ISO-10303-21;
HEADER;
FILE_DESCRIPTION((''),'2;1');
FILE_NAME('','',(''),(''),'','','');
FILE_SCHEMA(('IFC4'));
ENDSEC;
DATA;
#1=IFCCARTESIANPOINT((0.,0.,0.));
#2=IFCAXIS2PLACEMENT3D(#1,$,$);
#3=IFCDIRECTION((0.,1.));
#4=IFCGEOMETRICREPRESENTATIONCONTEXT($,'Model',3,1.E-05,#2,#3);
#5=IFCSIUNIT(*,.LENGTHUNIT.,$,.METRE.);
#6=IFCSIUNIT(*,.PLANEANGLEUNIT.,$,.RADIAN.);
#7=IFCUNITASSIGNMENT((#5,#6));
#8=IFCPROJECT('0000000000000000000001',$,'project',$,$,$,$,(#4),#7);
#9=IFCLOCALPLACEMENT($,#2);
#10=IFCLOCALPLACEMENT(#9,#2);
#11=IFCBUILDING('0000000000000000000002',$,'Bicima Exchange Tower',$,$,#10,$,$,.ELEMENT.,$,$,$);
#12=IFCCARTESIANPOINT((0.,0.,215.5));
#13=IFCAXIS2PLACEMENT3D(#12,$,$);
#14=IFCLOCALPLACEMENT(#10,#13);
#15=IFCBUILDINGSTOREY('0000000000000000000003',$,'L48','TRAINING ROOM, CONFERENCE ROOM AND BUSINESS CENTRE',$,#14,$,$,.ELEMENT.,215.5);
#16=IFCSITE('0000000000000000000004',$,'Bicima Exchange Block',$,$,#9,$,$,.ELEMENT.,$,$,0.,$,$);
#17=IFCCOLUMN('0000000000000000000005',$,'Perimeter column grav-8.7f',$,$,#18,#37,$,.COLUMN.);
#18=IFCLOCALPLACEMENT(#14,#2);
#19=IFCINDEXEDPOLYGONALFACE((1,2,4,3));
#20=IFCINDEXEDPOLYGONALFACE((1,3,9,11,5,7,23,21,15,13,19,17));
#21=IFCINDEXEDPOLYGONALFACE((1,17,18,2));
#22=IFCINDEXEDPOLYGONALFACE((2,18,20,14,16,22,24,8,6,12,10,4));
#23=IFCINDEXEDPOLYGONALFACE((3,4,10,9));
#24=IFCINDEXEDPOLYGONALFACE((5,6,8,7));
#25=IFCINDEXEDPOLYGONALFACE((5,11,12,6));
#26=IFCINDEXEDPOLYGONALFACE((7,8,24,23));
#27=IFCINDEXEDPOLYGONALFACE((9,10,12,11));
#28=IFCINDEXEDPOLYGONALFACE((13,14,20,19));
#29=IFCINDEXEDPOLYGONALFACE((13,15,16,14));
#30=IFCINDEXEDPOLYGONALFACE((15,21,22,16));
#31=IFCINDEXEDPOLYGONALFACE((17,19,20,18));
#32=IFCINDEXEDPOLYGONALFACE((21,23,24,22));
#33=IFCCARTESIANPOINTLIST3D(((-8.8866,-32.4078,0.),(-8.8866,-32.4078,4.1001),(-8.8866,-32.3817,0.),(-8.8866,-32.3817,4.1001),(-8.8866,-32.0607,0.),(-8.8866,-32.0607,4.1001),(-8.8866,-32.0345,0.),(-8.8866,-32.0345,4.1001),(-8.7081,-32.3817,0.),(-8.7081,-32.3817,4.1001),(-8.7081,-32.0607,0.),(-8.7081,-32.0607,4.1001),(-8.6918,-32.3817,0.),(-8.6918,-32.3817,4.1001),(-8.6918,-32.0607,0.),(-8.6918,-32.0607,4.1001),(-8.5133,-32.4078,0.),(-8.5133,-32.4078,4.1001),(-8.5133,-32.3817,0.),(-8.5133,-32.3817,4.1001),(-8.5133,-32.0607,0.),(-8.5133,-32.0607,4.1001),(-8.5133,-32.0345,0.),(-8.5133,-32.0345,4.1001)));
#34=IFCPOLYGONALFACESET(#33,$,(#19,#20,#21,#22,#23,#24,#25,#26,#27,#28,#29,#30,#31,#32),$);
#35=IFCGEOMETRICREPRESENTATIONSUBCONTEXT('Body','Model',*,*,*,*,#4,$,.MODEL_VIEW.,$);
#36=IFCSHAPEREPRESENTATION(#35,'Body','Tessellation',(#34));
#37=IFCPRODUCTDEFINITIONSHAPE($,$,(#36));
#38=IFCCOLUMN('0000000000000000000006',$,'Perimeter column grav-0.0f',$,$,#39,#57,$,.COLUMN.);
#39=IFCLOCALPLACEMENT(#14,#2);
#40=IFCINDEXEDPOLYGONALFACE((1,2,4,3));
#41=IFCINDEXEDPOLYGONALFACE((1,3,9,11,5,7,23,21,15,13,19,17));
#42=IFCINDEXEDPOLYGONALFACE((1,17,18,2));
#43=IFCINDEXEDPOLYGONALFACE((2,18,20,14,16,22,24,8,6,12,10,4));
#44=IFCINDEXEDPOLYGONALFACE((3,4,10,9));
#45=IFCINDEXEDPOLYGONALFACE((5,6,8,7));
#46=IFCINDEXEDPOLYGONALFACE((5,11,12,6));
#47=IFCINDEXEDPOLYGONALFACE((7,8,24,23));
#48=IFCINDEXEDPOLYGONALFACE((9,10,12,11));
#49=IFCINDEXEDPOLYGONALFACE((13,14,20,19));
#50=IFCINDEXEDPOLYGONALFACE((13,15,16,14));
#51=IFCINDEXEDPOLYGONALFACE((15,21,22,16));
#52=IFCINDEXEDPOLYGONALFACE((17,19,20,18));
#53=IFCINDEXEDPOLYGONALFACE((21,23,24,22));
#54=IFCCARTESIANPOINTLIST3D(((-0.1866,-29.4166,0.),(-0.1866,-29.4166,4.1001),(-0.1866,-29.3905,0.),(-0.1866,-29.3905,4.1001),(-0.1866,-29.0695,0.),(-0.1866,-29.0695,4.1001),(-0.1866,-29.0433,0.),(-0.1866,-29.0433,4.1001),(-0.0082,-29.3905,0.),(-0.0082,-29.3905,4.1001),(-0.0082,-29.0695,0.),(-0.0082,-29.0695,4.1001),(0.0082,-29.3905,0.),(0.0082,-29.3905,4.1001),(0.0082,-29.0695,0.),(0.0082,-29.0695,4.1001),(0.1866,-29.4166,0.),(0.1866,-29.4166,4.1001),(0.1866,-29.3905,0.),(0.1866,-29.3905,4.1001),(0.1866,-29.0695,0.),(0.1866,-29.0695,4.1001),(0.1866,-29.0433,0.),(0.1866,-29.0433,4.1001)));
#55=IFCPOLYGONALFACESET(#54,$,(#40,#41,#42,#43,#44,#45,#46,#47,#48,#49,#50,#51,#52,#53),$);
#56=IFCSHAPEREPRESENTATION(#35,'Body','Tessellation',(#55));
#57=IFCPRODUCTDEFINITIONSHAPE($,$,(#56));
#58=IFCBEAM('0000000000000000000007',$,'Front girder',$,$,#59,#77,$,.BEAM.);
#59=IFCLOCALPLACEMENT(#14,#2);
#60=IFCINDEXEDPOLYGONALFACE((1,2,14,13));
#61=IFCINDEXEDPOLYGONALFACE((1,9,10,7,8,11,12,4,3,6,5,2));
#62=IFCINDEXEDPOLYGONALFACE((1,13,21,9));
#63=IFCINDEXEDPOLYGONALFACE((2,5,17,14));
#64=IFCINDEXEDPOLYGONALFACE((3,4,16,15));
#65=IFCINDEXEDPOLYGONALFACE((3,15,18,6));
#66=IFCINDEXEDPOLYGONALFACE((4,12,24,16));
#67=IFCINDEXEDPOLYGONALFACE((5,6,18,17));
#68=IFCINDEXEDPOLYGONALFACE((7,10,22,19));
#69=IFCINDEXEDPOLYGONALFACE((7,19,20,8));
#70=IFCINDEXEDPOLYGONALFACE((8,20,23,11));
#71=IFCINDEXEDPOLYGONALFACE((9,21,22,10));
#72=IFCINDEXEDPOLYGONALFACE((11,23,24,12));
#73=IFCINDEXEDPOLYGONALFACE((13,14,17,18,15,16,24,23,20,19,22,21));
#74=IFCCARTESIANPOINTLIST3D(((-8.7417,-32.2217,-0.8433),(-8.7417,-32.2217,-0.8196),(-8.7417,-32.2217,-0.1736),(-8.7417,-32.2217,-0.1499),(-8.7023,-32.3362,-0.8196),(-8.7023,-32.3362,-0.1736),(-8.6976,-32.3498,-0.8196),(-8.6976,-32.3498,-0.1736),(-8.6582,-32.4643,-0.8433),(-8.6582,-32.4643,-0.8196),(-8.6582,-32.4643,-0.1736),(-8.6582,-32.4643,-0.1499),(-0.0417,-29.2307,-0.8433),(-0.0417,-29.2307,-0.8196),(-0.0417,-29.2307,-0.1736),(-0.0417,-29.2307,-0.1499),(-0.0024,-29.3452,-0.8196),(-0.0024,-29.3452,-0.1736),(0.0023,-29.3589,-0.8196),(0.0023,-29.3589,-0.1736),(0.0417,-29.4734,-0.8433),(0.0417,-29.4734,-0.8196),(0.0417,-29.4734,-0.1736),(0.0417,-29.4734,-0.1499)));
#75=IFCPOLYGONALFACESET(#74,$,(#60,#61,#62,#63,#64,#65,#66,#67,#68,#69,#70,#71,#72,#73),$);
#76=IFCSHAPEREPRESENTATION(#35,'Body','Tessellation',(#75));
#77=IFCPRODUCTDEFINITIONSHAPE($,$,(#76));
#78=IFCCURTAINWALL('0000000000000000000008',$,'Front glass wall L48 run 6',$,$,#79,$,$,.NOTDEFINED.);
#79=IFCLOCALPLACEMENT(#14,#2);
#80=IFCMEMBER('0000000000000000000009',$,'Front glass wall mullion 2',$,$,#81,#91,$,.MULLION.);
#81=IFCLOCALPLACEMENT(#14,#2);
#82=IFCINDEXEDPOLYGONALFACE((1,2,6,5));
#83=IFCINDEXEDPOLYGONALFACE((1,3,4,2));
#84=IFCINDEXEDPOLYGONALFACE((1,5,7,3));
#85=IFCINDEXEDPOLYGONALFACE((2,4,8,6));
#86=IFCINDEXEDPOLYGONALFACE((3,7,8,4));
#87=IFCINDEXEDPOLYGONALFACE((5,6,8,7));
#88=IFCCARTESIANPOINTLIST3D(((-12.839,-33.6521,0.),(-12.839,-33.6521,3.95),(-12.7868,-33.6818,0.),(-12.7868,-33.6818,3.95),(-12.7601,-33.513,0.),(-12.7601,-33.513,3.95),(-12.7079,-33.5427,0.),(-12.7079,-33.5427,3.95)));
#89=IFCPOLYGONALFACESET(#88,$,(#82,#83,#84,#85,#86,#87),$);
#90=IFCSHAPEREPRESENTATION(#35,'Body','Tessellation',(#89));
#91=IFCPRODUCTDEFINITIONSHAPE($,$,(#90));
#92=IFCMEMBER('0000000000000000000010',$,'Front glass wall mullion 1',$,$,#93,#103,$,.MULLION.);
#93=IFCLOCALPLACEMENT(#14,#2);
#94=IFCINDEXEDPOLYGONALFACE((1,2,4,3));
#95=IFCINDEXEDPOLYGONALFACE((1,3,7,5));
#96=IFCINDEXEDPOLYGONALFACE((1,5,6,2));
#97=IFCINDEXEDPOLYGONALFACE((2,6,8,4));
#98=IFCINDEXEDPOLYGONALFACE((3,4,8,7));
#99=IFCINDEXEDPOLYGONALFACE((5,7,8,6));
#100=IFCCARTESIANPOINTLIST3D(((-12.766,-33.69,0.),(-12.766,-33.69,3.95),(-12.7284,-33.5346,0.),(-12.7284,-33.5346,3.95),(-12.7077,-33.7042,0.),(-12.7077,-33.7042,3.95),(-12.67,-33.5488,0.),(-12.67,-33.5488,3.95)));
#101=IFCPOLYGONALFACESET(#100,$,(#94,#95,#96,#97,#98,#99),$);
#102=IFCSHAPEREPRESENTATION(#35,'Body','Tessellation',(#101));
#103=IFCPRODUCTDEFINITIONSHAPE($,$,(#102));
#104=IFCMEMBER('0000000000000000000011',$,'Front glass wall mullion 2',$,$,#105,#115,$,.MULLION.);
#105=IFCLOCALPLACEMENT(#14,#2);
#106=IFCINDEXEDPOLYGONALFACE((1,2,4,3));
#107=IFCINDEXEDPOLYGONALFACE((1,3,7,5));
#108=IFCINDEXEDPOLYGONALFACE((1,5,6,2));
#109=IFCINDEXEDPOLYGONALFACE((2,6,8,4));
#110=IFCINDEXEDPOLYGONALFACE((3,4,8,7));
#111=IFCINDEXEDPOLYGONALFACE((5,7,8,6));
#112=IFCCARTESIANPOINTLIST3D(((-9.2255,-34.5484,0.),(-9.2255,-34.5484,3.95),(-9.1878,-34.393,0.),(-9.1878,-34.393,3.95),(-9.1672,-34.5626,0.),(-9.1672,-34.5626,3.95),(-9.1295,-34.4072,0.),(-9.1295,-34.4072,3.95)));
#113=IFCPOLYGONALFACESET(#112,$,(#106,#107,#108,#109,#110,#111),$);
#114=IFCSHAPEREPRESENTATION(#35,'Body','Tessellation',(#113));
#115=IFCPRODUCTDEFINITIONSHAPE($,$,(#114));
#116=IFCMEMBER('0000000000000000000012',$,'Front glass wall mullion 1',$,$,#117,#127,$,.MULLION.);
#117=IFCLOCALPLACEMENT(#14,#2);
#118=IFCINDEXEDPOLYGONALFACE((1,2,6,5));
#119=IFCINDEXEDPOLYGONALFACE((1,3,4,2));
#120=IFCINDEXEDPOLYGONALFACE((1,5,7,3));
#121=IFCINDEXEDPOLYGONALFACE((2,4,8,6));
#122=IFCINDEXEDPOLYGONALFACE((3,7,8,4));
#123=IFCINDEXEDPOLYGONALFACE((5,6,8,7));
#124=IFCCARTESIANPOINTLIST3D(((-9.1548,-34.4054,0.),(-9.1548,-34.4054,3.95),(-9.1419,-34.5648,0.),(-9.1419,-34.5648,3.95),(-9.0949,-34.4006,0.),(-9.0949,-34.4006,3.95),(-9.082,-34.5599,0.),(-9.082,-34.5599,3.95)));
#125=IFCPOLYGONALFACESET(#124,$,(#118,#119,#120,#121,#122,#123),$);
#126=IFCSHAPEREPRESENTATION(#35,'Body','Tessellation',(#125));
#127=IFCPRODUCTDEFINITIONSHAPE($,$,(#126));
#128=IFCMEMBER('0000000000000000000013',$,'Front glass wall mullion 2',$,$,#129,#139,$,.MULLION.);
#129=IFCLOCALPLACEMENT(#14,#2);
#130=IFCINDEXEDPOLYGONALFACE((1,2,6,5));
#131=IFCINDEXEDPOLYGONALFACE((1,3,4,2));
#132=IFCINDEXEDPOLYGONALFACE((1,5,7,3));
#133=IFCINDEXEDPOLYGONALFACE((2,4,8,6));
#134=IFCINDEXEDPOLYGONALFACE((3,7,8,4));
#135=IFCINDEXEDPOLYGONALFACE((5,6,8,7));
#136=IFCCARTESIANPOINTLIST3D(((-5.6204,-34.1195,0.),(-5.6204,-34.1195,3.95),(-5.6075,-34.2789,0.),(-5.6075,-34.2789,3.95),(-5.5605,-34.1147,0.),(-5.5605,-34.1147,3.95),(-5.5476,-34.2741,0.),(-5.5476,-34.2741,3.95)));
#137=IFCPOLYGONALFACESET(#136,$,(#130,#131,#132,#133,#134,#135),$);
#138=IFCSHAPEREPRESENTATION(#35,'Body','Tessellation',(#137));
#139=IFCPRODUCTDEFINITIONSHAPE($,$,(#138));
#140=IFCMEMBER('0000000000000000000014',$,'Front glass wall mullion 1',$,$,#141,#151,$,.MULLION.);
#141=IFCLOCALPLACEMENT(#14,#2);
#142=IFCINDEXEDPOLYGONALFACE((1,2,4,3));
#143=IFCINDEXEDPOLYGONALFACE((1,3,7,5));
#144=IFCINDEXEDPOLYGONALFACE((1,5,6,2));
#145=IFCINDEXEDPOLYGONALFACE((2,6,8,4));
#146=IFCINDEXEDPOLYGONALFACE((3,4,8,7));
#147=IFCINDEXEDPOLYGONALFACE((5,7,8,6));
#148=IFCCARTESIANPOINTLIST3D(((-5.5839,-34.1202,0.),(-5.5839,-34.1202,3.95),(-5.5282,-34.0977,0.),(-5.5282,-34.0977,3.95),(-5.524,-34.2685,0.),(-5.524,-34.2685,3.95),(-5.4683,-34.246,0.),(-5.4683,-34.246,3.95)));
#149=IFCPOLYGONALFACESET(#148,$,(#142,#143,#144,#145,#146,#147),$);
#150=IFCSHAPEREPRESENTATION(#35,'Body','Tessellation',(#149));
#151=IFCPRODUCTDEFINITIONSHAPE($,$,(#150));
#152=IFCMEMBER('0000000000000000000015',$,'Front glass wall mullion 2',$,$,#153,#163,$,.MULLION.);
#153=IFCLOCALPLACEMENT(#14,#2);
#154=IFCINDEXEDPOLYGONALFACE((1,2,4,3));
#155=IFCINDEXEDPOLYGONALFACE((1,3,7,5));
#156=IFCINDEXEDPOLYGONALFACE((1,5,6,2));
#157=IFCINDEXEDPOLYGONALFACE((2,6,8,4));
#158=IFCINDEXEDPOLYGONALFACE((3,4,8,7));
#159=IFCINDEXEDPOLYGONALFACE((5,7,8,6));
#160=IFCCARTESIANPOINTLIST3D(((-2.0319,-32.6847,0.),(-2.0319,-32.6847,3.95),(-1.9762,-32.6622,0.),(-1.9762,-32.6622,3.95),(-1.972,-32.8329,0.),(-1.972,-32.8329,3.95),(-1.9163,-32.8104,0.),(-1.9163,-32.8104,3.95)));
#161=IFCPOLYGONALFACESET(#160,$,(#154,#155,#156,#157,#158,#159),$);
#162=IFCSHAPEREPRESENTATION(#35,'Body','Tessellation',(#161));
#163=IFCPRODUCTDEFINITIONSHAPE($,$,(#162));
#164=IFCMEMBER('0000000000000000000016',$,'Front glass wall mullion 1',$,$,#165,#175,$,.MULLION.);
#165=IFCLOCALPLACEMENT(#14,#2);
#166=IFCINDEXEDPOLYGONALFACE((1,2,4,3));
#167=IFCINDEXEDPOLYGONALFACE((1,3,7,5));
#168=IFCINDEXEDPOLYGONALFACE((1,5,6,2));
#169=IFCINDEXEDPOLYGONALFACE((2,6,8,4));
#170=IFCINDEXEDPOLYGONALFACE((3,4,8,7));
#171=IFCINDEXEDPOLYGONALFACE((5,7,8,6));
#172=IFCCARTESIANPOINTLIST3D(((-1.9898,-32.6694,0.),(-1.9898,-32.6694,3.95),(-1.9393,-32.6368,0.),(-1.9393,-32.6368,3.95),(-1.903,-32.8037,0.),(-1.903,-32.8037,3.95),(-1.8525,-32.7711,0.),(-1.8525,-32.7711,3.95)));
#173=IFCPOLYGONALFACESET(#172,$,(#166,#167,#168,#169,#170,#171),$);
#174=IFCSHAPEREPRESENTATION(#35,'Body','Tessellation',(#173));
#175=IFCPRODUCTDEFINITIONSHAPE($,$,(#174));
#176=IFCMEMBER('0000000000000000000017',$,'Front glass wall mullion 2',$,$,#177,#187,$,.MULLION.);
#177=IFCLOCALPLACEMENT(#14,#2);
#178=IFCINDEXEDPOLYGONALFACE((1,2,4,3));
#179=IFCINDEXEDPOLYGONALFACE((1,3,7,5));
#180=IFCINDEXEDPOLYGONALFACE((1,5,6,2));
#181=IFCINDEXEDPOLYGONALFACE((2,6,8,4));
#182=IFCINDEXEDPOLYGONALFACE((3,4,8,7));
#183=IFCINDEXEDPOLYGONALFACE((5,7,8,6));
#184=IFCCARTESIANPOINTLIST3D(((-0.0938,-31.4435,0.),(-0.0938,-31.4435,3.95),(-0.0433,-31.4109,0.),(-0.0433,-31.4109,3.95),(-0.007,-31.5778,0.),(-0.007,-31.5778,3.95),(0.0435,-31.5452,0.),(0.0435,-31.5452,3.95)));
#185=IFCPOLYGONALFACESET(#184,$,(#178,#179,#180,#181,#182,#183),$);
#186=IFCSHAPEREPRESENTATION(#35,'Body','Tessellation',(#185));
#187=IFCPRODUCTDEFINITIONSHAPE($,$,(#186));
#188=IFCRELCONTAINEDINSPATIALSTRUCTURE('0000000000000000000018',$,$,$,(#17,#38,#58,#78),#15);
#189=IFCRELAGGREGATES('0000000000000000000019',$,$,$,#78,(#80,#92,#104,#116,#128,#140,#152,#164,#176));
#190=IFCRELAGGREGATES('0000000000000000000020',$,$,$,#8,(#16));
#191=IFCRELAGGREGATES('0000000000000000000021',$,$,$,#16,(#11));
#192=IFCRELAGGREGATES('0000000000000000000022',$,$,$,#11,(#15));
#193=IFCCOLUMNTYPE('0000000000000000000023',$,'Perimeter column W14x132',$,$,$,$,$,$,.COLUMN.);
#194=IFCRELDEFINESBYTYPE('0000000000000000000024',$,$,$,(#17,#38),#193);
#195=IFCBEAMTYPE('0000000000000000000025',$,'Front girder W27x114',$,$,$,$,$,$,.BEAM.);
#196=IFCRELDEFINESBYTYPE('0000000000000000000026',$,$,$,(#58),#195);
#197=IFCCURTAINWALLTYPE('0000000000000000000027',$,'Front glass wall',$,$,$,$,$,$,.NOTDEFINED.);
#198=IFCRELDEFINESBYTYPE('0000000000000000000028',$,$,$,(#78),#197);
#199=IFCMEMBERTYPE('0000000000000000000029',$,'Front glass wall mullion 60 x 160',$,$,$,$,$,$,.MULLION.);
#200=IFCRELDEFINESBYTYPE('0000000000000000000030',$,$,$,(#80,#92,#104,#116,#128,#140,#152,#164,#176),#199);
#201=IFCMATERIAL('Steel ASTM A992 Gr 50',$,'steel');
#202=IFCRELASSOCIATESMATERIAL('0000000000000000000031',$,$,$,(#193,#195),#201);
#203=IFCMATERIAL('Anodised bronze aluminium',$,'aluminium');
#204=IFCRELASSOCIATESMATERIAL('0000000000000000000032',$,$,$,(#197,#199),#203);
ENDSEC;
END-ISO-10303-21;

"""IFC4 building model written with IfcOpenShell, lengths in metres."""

from ifc_helpers import new_model, si_unit, direction, frame, origin, origin_2d, place, context, subcontext, project, spatial, rectangle, i_section, extrude, material, material_profile, profile_set, type_object, element, aggregate, save


model = new_model("IFC4")

# Units and contexts
model_context = context("Model", 3, precision=1e-05, world=origin(), true_north=direction((0.0, 1.0)))
body_context = subcontext(model_context, "Body", "Model", "MODEL_VIEW")
ifc_project = project(units=[si_unit("LENGTHUNIT", "METRE"), si_unit("PLANEANGLEUNIT", "RADIAN")], contexts=[model_context])

# Site, building, storey
site_placement = place(None, origin())
site = spatial("IfcSite", under=ifc_project, at=site_placement, Name="Bicima Exchange Block", CompositionType="ELEMENT", RefElevation=0.0)
building_placement = place(site_placement, origin())
building = spatial("IfcBuilding", under=site, at=building_placement, Name="Bicima Exchange Tower", CompositionType="ELEMENT")
storey_placement = place(building_placement, frame((0.0, 0.0, 215.5)))
storey = spatial("IfcBuildingStorey", under=building, at=storey_placement, Name="L48", Description="TRAINING ROOM, CONFERENCE ROOM AND BUSINESS CENTRE", CompositionType="ELEMENT", Elevation=215.5)

# Columns
ifc_material_1 = material(Name="Steel ASTM A992 Gr 50", Category="steel")
ifc_material_profile_1 = material_profile(ifc_material_1, i_section(OverallWidth=0.3733, OverallDepth=0.3733, WebThickness=0.0164, FlangeThickness=0.0261, at=origin_2d()))
ifc_profile_set_1 = profile_set([ifc_material_profile_1], Name="Steel ASTM A992 Gr 50")
column_type = type_object("IfcColumnType", Name="Perimeter column W14x132", PredefinedType="COLUMN", material=ifc_profile_set_1)
for number, where, z_axis, x_axis, name in (
    (1, (-8.7, -32.2212, 0.0), (0.0, 0.0, 1.0), (1.0, 0.0, 0.0), "Perimeter column grav-8.7f"),
    (2, (0.0, -29.23, 0.0), (0.0, 0.0, 1.0), (1.0, 0.0, 0.0), "Perimeter column grav-0.0f"),
):
    element("IfcColumn", number, at=place(storey_placement, frame(where, z_axis=z_axis, x_axis=x_axis)), inside=storey, type_object=column_type, Name=name, PredefinedType="COLUMN", context=body_context, shape_type="SweptSolid", body=[
        extrude(i_section(OverallWidth=0.3733, OverallDepth=0.3733, WebThickness=0.0164, FlangeThickness=0.0261, at=origin_2d()), origin(), (0.0, 0.0, 1.0), 4.1001),
    ])

# Beam
ifc_material_profile_2 = material_profile(ifc_material_1, i_section(OverallWidth=0.2566, OverallDepth=0.6934, WebThickness=0.0144, FlangeThickness=0.0237, at=origin_2d()))
ifc_profile_set_2 = profile_set([ifc_material_profile_2], Name="Steel ASTM A992 Gr 50")
beam_type = type_object("IfcBeamType", Name="Front girder W27x114", PredefinedType="BEAM", material=ifc_profile_set_2)
beam_placement = place(storey_placement, frame((-8.7, -32.343, -0.4966), z_axis=(0.945675, 0.325115, 0.0), x_axis=(-0.325115, 0.945675, 0.0)))
element("IfcBeam", 3, at=beam_placement, inside=storey, type_object=beam_type, Name="Front girder", PredefinedType="BEAM", context=body_context, shape_type="SweptSolid", body=[
    extrude(i_section(OverallWidth=0.2566, OverallDepth=0.6934, WebThickness=0.0144, FlangeThickness=0.0237, at=origin_2d()), origin(), (0.0, 0.0, 1.0), 9.1997),
])

# Curtain wall, members
ifc_material_2 = material(Name="Anodised bronze aluminium", Category="aluminium")
curtain_wall_type = type_object("IfcCurtainWallType", Name="Front glass wall", PredefinedType="NOTDEFINED", material=ifc_material_2)
curtain_wall_placement = place(storey_placement, origin())
curtain_wall = element("IfcCurtainWall", 4, at=curtain_wall_placement, inside=storey, type_object=curtain_wall_type, Name="Front glass wall L48 run 6", PredefinedType="NOTDEFINED")
ifc_material_profile_3 = material_profile(ifc_material_2, rectangle(XDim=0.1599, YDim=0.0601, at=origin_2d()))
ifc_profile_set_3 = profile_set([ifc_material_profile_3], Name="Anodised bronze aluminium")
member_type_1 = type_object("IfcMemberType", Name="Front glass wall mullion 60 x 160", PredefinedType="MULLION", material=ifc_profile_set_3)
member_1_placement = place(storey_placement, frame((-12.7734, -33.5974, 0.0), z_axis=(0.0, 0.0, 1.0), x_axis=(0.493395, 0.869805, 0.0)))
member_1 = element("IfcMember", 5, at=member_1_placement, type_object=member_type_1, Name="Front glass wall mullion 2", PredefinedType="MULLION", context=body_context, shape_type="SweptSolid", body=[
    extrude(rectangle(XDim=0.1599, YDim=0.0601, at=origin_2d()), origin(), (0.0, 0.0, 1.0), 3.95),
])
member_2_placement = place(storey_placement, frame((-12.718, -33.6194, 0.0), z_axis=(0.0, 0.0, 1.0), x_axis=(0.235682, 0.97183, 0.0)))
member_2 = element("IfcMember", 6, at=member_2_placement, type_object=member_type_1, Name="Front glass wall mullion 1", PredefinedType="MULLION", context=body_context, shape_type="SweptSolid", body=[
    extrude(rectangle(XDim=0.1599, YDim=0.0601, at=origin_2d()), origin(), (0.0, 0.0, 1.0), 3.95),
])
member_3_placement = place(storey_placement, frame((-9.1775, -34.4778, 0.0), z_axis=(0.0, 0.0, 1.0), x_axis=(0.235682, 0.97183, 0.0)))
member_3 = element("IfcMember", 7, at=member_3_placement, type_object=member_type_1, Name="Front glass wall mullion 2", PredefinedType="MULLION", context=body_context, shape_type="SweptSolid", body=[
    extrude(rectangle(XDim=0.1599, YDim=0.0601, at=origin_2d()), origin(), (0.0, 0.0, 1.0), 3.95),
])
member_4_placement = place(storey_placement, frame((-9.1184, -34.4827, 0.0), z_axis=(0.0, 0.0, 1.0), x_axis=(-0.080589, 0.996747, 0.0)))
member_4 = element("IfcMember", 8, at=member_4_placement, type_object=member_type_1, Name="Front glass wall mullion 1", PredefinedType="MULLION", context=body_context, shape_type="SweptSolid", body=[
    extrude(rectangle(XDim=0.1599, YDim=0.0601, at=origin_2d()), origin(), (0.0, 0.0, 1.0), 3.95),
])
member_5_placement = place(storey_placement, frame((-5.584, -34.1968, 0.0), z_axis=(0.0, 0.0, 1.0), x_axis=(-0.080589, 0.996747, 0.0)))
member_5 = element("IfcMember", 9, at=member_5_placement, type_object=member_type_1, Name="Front glass wall mullion 2", PredefinedType="MULLION", context=body_context, shape_type="SweptSolid", body=[
    extrude(rectangle(XDim=0.1599, YDim=0.0601, at=origin_2d()), origin(), (0.0, 0.0, 1.0), 3.95),
])
member_6_placement = place(storey_placement, frame((-5.5261, -34.1831, 0.0), z_axis=(0.0, 0.0, 1.0), x_axis=(-0.374705, 0.927144, 0.0)))
member_6 = element("IfcMember", 10, at=member_6_placement, type_object=member_type_1, Name="Front glass wall mullion 1", PredefinedType="MULLION", context=body_context, shape_type="SweptSolid", body=[
    extrude(rectangle(XDim=0.1599, YDim=0.0601, at=origin_2d()), origin(), (0.0, 0.0, 1.0), 3.95),
])
member_7_placement = place(storey_placement, frame((-1.9741, -32.7476, 0.0), z_axis=(0.0, 0.0, 1.0), x_axis=(-0.374705, 0.927144, 0.0)))
member_7 = element("IfcMember", 11, at=member_7_placement, type_object=member_type_1, Name="Front glass wall mullion 2", PredefinedType="MULLION", context=body_context, shape_type="SweptSolid", body=[
    extrude(rectangle(XDim=0.1599, YDim=0.0601, at=origin_2d()), origin(), (0.0, 0.0, 1.0), 3.95),
])
member_8_placement = place(storey_placement, frame((-1.9211, -32.7202, 0.0), z_axis=(0.0, 0.0, 1.0), x_axis=(-0.542897, 0.839799, 0.0)))
member_8 = element("IfcMember", 12, at=member_8_placement, type_object=member_type_1, Name="Front glass wall mullion 1", PredefinedType="MULLION", context=body_context, shape_type="SweptSolid", body=[
    extrude(rectangle(XDim=0.1599, YDim=0.0601, at=origin_2d()), origin(), (0.0, 0.0, 1.0), 3.95),
])
member_9_placement = place(storey_placement, frame((-0.0251, -31.4944, 0.0), z_axis=(0.0, 0.0, 1.0), x_axis=(-0.542897, 0.839799, 0.0)))
member_9 = element("IfcMember", 13, at=member_9_placement, type_object=member_type_1, Name="Front glass wall mullion 2", PredefinedType="MULLION", context=body_context, shape_type="SweptSolid", body=[
    extrude(rectangle(XDim=0.1599, YDim=0.0601, at=origin_2d()), origin(), (0.0, 0.0, 1.0), 3.95),
])

aggregate(curtain_wall, [member_1, member_2, member_3, member_4, member_5, member_6, member_7, member_8, member_9])

save(model, "model.ifc")
